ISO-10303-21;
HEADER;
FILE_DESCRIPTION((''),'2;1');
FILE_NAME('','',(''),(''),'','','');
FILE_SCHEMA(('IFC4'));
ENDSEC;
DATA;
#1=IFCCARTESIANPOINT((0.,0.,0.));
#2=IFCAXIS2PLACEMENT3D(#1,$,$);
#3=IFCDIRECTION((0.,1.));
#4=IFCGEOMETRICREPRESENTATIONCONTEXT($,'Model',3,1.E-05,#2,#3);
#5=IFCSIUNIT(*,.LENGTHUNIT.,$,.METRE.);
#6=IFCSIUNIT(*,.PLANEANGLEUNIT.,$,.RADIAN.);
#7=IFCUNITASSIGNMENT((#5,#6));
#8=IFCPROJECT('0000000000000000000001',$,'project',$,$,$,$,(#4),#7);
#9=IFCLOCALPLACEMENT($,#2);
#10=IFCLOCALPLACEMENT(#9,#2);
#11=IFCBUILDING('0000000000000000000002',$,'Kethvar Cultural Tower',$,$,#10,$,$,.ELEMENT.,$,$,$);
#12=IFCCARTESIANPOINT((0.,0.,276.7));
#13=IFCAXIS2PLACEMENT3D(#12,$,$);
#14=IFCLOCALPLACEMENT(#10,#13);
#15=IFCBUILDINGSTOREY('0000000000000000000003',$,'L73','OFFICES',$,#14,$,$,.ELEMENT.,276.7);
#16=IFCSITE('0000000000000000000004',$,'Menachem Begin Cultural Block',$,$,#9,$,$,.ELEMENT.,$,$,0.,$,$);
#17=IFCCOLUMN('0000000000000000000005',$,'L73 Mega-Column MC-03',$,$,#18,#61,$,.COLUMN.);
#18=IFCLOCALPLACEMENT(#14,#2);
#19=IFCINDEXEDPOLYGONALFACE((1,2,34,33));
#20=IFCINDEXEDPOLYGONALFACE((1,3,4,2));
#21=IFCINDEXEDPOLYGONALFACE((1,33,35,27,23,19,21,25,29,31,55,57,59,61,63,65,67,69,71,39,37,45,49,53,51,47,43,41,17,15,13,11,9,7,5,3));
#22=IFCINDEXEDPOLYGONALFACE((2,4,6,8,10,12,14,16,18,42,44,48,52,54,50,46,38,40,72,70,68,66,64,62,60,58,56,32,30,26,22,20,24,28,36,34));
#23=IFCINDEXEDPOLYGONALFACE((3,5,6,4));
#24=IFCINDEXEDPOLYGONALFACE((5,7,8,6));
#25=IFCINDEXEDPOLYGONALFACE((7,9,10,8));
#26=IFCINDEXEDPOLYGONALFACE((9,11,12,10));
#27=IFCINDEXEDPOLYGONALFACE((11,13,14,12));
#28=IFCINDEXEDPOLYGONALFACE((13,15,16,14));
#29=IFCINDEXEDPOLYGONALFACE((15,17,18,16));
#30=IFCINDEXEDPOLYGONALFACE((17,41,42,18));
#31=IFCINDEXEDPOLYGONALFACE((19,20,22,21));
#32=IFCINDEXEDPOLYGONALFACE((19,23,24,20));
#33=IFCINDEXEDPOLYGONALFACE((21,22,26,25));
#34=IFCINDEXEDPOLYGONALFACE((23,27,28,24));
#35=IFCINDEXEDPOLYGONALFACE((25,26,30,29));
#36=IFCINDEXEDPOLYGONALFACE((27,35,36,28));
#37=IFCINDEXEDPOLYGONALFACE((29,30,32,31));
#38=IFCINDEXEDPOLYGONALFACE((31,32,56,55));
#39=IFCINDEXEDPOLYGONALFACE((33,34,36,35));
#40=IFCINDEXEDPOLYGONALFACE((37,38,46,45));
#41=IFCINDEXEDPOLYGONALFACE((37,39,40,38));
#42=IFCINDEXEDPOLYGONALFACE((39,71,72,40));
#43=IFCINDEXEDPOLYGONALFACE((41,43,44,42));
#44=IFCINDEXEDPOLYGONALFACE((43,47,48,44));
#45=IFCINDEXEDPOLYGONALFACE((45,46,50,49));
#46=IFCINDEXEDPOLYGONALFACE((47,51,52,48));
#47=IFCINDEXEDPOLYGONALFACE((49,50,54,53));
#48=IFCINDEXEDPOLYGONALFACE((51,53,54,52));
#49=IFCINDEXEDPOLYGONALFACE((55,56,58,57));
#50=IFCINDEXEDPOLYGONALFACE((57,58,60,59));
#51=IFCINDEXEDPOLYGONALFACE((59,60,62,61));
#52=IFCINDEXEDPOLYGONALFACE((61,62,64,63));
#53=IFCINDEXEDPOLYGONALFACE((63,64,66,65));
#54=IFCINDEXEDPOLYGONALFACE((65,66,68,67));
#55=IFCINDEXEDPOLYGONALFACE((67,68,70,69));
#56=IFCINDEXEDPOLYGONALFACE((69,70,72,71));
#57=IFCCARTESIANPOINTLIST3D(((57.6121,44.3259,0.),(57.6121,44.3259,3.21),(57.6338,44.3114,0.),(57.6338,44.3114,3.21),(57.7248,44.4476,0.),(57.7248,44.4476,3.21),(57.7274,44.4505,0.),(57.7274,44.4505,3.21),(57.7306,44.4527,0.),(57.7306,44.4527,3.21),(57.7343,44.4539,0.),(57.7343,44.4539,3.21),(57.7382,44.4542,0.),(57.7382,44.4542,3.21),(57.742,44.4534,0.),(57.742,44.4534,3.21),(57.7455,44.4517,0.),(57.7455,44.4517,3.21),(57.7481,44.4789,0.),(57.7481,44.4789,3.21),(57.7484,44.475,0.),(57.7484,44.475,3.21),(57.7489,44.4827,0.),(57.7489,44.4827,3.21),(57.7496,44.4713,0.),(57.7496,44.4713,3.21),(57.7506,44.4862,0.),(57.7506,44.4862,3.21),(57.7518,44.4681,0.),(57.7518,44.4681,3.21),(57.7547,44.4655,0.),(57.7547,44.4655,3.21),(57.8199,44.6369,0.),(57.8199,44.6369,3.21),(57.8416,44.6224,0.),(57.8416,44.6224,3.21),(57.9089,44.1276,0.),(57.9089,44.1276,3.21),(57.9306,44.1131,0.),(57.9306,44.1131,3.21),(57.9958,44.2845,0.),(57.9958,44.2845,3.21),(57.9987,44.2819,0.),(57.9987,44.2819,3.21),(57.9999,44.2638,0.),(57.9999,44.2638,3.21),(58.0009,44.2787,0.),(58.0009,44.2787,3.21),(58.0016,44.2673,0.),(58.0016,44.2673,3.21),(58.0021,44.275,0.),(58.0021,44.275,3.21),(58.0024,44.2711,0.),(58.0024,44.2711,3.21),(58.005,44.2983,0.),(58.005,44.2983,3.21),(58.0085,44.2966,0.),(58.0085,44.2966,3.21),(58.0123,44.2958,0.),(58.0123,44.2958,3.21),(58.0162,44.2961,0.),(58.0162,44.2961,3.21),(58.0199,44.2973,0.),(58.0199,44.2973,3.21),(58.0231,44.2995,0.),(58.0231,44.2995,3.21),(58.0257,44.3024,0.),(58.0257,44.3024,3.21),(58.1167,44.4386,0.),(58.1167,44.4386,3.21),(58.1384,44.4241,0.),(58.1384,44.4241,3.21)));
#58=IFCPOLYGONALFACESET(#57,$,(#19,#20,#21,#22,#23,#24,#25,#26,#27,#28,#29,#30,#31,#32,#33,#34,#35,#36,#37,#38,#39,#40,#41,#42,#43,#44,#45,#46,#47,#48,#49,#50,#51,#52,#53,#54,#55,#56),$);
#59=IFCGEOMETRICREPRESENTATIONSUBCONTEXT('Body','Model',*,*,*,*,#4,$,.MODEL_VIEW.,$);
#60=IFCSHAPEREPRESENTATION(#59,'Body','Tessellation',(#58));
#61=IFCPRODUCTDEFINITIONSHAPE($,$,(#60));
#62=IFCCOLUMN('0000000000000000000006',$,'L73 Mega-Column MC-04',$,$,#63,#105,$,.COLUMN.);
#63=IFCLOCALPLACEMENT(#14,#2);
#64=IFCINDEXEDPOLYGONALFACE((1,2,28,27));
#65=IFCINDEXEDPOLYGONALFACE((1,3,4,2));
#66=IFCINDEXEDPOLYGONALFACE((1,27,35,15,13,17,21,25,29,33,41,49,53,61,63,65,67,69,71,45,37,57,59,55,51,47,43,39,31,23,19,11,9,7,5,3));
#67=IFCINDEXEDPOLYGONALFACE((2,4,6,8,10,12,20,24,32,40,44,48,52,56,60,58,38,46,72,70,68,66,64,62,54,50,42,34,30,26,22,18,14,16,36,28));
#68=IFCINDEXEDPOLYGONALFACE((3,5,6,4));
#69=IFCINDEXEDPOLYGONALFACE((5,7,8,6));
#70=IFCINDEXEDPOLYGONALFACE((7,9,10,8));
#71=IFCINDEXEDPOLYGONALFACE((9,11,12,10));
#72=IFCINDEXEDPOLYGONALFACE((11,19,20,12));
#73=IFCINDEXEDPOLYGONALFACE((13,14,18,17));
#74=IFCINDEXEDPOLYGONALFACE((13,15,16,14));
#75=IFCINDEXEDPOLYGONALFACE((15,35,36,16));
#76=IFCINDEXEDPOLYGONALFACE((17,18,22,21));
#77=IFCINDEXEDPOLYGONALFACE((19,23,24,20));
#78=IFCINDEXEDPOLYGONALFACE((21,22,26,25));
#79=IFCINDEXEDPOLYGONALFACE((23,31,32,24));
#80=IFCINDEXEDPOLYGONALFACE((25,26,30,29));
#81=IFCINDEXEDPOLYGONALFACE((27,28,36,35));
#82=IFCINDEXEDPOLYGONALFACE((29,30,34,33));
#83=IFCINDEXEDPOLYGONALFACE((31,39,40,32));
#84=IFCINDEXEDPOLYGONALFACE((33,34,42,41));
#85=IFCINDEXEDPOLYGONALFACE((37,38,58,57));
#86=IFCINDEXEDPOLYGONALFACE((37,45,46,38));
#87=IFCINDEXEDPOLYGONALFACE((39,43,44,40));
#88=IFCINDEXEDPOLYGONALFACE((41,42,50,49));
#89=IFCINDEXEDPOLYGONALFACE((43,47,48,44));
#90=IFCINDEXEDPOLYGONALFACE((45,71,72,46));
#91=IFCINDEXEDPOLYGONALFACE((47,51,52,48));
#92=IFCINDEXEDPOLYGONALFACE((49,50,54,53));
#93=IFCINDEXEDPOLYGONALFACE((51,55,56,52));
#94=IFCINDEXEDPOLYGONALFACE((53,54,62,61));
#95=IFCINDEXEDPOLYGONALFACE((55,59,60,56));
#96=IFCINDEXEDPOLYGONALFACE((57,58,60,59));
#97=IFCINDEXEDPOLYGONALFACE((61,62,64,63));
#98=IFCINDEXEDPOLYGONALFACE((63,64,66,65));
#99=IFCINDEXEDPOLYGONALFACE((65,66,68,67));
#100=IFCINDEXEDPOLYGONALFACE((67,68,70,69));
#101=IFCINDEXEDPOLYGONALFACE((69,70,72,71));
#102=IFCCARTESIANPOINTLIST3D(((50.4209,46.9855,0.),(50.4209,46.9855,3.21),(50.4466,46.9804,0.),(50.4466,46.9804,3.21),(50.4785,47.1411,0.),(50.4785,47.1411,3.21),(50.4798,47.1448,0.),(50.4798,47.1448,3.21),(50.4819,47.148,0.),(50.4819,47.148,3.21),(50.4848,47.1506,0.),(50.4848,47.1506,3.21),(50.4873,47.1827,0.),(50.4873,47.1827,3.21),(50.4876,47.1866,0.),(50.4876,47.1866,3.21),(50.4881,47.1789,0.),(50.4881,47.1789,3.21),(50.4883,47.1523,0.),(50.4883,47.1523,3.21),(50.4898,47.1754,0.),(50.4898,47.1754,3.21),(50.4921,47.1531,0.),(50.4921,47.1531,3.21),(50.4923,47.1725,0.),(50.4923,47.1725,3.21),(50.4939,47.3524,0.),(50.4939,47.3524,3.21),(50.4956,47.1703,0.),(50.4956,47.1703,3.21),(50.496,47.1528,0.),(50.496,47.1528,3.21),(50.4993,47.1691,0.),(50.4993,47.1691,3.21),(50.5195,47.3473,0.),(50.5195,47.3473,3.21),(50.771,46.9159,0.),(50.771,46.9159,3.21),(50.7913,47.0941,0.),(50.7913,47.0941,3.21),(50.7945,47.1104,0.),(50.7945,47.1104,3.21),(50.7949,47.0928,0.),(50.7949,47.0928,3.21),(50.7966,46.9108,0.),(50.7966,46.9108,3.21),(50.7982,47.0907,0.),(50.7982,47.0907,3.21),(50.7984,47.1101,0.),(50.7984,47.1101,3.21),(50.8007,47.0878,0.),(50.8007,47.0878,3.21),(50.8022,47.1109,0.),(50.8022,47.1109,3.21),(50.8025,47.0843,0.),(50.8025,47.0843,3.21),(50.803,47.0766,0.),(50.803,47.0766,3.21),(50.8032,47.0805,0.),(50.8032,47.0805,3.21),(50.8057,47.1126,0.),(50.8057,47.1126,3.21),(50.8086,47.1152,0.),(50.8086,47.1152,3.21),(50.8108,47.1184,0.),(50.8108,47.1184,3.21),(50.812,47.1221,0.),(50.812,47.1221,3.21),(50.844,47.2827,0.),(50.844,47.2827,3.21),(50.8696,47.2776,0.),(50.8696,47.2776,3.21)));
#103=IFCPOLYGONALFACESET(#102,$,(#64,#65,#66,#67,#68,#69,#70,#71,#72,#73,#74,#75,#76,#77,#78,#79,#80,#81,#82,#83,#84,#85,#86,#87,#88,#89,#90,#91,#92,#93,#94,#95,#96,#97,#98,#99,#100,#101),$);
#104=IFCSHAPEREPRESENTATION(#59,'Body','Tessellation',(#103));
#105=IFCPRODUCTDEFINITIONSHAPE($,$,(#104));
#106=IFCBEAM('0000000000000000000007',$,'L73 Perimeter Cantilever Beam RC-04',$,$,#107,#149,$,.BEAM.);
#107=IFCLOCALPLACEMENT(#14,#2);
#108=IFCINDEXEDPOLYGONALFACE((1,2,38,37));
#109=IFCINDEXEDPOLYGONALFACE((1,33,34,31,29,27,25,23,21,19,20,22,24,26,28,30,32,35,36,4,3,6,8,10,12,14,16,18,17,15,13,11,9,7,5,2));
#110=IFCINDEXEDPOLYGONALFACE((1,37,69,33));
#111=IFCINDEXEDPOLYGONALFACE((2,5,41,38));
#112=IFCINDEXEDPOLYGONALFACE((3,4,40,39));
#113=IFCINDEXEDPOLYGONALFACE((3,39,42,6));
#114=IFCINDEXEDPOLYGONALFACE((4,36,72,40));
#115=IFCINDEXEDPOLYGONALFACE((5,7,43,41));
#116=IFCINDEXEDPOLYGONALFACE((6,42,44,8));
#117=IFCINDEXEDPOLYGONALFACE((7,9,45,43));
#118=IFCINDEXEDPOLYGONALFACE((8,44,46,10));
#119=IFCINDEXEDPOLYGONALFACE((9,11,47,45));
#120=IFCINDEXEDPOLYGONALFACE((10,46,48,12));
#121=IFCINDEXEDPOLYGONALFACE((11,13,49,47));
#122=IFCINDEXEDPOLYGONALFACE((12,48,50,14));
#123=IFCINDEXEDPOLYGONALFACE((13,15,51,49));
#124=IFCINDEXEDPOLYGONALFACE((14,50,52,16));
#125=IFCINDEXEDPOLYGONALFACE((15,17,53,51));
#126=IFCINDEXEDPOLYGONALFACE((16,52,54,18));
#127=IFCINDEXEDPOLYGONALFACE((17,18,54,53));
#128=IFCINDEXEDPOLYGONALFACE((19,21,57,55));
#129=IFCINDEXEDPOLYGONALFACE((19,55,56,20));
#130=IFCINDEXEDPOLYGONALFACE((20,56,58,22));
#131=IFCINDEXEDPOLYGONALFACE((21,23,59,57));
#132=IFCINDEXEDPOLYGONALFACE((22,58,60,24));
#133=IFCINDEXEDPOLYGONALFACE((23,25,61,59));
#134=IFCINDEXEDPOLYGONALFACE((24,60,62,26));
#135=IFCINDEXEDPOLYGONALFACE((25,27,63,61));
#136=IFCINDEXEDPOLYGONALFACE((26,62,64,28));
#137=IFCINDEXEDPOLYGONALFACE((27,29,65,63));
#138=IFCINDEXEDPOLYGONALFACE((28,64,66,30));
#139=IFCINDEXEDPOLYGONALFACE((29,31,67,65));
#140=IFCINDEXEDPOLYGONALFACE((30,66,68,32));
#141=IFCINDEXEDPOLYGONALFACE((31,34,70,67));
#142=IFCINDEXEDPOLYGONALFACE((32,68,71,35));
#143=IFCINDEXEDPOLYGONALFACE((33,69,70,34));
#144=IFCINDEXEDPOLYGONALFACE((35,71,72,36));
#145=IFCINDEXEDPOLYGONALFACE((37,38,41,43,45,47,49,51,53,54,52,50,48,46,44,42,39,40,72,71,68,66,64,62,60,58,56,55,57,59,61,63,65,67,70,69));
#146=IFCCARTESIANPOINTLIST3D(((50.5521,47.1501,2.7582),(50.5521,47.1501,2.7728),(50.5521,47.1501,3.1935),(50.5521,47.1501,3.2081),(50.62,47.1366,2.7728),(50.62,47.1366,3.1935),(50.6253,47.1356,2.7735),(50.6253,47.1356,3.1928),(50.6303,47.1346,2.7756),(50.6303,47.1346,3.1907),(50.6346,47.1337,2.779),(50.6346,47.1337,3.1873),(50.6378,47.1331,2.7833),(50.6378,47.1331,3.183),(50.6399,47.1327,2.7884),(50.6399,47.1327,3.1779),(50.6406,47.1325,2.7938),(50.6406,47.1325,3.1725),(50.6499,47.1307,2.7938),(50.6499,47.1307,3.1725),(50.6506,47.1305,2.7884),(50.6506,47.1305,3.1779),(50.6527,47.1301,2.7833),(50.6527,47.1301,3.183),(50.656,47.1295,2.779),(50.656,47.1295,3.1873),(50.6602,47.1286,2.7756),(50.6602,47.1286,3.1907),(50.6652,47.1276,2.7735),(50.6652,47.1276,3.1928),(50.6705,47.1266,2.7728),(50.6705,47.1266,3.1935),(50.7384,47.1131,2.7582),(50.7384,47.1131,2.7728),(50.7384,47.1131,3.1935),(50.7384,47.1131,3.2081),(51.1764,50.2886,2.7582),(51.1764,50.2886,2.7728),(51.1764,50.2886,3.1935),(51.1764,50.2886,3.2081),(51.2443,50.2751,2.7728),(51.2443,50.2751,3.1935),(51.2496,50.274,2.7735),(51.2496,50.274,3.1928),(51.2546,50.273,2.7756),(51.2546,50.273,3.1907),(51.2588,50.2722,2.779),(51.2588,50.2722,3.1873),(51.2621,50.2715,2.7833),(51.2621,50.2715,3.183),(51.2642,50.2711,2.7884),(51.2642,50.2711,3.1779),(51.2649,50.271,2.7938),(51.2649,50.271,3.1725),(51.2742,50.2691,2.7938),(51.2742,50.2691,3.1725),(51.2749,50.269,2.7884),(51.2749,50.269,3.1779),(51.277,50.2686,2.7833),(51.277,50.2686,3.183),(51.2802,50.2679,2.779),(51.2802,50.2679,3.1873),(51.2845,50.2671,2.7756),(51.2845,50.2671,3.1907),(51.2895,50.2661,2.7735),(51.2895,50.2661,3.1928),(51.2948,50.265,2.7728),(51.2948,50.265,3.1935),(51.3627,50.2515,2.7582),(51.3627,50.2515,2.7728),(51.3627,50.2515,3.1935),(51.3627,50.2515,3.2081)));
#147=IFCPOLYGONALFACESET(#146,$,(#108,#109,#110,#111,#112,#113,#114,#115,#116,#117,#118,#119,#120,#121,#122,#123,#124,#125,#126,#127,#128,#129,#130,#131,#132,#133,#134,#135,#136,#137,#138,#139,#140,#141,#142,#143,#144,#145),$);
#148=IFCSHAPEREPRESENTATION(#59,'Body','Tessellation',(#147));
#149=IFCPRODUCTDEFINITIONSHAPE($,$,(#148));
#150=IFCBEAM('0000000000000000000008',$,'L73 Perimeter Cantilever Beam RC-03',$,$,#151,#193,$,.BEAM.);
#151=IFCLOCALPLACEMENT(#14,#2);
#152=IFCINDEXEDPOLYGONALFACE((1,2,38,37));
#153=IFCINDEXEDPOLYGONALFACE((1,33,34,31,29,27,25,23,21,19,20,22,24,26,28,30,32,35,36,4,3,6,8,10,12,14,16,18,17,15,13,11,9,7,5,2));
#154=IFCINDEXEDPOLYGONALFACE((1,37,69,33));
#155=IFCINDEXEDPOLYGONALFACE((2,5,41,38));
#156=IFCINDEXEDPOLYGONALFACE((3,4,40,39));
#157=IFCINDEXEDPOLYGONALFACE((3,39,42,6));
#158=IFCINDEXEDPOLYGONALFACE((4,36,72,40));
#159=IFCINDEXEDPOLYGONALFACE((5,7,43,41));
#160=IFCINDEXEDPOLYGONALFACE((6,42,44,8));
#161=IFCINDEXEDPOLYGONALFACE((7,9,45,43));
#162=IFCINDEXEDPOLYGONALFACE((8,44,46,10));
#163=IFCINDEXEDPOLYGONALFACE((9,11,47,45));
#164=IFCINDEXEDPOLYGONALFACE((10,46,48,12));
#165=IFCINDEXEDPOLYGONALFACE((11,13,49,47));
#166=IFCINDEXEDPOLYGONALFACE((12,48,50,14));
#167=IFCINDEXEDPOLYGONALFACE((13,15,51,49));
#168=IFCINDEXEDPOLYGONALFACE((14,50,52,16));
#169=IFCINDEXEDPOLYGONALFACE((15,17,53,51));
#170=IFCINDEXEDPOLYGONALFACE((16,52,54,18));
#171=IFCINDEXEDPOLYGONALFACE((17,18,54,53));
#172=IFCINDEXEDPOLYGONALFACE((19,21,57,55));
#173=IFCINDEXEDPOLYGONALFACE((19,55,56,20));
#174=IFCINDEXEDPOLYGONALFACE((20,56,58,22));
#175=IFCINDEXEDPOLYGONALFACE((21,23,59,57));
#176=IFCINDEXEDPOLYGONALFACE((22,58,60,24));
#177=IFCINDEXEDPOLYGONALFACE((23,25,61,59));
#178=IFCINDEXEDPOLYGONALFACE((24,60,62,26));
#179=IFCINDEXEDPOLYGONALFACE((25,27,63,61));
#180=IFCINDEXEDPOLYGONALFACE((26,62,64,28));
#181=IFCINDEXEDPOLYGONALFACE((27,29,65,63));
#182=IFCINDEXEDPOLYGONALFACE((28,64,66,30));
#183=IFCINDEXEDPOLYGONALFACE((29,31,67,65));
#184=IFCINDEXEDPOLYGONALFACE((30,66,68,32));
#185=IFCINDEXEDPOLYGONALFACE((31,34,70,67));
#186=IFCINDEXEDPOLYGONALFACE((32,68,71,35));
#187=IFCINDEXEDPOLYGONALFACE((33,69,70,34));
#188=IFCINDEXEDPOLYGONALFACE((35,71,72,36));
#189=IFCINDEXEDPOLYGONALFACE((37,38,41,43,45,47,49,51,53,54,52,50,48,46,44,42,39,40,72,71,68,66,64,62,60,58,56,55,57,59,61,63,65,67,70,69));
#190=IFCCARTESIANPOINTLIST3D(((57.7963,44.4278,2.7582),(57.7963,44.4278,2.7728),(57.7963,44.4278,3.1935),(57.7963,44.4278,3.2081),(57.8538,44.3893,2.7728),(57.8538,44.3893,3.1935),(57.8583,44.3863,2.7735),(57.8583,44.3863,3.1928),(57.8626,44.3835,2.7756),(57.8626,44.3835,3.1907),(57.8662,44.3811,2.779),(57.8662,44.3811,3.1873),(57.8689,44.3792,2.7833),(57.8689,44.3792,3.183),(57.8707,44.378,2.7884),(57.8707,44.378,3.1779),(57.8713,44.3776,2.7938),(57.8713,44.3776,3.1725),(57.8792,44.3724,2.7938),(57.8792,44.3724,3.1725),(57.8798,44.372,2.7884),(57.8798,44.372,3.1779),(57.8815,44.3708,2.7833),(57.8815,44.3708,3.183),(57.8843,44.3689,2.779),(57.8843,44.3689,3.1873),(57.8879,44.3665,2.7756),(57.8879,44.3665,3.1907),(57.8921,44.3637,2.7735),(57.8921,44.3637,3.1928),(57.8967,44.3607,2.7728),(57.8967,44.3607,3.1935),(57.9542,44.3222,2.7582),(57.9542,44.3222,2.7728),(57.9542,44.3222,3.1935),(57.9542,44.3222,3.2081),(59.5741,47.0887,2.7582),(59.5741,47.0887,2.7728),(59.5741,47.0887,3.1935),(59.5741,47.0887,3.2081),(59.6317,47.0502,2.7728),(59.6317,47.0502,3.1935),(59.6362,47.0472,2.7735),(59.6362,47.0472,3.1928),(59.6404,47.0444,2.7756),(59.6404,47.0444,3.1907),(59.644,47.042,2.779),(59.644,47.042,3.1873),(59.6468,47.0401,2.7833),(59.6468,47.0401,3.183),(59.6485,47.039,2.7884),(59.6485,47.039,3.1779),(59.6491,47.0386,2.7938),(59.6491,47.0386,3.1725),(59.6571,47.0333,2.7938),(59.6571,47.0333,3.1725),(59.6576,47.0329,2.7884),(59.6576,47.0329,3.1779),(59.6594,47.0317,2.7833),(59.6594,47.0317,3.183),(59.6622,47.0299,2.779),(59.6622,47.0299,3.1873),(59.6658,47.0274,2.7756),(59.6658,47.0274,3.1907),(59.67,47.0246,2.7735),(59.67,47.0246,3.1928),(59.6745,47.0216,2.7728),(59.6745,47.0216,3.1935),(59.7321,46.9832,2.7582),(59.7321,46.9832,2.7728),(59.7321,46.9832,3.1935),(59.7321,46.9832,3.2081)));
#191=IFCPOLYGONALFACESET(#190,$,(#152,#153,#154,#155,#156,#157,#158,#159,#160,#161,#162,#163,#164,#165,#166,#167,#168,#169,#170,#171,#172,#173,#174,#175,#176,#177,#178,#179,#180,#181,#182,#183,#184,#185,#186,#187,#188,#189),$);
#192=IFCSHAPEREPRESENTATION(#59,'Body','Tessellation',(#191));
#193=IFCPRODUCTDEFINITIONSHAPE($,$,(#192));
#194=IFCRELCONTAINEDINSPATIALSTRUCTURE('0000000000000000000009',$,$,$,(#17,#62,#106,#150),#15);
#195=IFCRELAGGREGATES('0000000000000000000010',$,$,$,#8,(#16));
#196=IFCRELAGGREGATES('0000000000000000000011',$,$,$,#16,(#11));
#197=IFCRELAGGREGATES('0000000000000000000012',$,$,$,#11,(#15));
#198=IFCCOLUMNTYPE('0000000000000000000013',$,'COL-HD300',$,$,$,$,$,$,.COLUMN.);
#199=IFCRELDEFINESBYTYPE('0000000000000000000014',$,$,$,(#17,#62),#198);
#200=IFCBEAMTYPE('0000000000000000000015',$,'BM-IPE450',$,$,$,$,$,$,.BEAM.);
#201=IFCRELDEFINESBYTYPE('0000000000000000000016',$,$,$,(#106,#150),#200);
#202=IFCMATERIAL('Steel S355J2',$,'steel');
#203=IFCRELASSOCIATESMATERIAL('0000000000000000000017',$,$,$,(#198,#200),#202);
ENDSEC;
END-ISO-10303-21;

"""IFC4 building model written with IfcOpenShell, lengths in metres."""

from ifc_helpers import new_model, si_unit, direction, frame, origin, origin_2d, place, context, subcontext, project, spatial, i_section, extrude, source, transform, mapped, material, material_profile, profile_set, type_object, element, save


model = new_model("IFC4")

# Units and contexts
model_context = context("Model", 3, precision=1e-05, world=origin(), true_north=direction((0.0, 1.0)))
body_context = subcontext(model_context, "Body", "Model", "MODEL_VIEW")
ifc_project = project(units=[si_unit("LENGTHUNIT", "METRE"), si_unit("PLANEANGLEUNIT", "RADIAN")], contexts=[model_context])

# Site, building, storey
site_placement = place(None, origin())
site = spatial("IfcSite", under=ifc_project, at=site_placement, Name="Menachem Begin Cultural Block", CompositionType="ELEMENT", RefElevation=0.0)
building_placement = place(site_placement, origin())
building = spatial("IfcBuilding", under=site, at=building_placement, Name="Kethvar Cultural Tower", CompositionType="ELEMENT")
storey_placement = place(building_placement, frame((0.0, 0.0, 276.7)))
storey = spatial("IfcBuildingStorey", under=building, at=storey_placement, Name="L73", Description="OFFICES", CompositionType="ELEMENT", Elevation=276.7)

# Columns
ifc_material_1 = material(Name="Steel S355J2", Category="steel")
ifc_material_profile_1 = material_profile(ifc_material_1, i_section(OverallWidth=0.374, OverallDepth=0.3831, WebThickness=0.0166, FlangeThickness=0.0261, FilletRadius=0.0149, at=origin_2d()), Name="Steel S355J2 — HD360x300")
ifc_profile_set_1 = profile_set([ifc_material_profile_1], Name="Steel S355J2 — HD360x300")
column_type = type_object("IfcColumnType", Name="COL-HD300", PredefinedType="COLUMN", material=ifc_profile_set_1)
shared_shape_1 = source(origin(), body_context, "Body", "SweptSolid", [
    extrude(i_section(OverallWidth=0.374, OverallDepth=0.3831, WebThickness=0.0166, FlangeThickness=0.0261, FilletRadius=0.0149, at=origin_2d()), origin(), (0.0, 0.0, 1.0), 3.21),
])
for number, where, z_axis, x_axis, name in (
    (1, (57.8752, 44.375, 0.0), (0.0, 0.0, 1.0), (0.55557, 0.83147, 0.0), "L73 Mega-Column MC-03"),
    (2, (50.6453, 47.1316, 0.0), (0.0, 0.0, 1.0), (0.19509, 0.980785, 0.0), "L73 Mega-Column MC-04"),
):
    element("IfcColumn", number, at=place(storey_placement, frame(where, z_axis=z_axis, x_axis=x_axis)), inside=storey, type_object=column_type, Name=name, PredefinedType="COLUMN", context=body_context, shape_type="MappedRepresentation", body=[
        mapped(shared_shape_1, transform((0.0, 0.0, 0.0), scale=1.0)),
    ])

# Beams
ifc_material_profile_2 = material_profile(ifc_material_1, i_section(OverallWidth=0.1899, OverallDepth=0.45, WebThickness=0.0095, FlangeThickness=0.0146, FilletRadius=0.021, at=origin_2d()), Name="Steel S355J2 — IPE450")
ifc_profile_set_2 = profile_set([ifc_material_profile_2], Name="Steel S355J2 — IPE450")
beam_type_1 = type_object("IfcBeamType", Name="BM-IPE450", PredefinedType="BEAM", material=ifc_profile_set_2)
shared_shape_2 = source(origin(), body_context, "Body", "SweptSolid", [
    extrude(i_section(OverallWidth=0.1899, OverallDepth=0.45, WebThickness=0.0095, FlangeThickness=0.0146, FilletRadius=0.021, at=origin_2d()), origin(), (0.0, 0.0, 1.0), 3.2),
])
beam_1_placement = place(storey_placement, frame((50.6453, 47.1316, 2.9832), z_axis=(0.195089, 0.980786, 0.0), x_axis=(-0.980786, 0.195089, 0.0)))
element("IfcBeam", 3, at=beam_1_placement, inside=storey, type_object=beam_type_1, Name="L73 Perimeter Cantilever Beam RC-04", PredefinedType="BEAM", context=body_context, shape_type="MappedRepresentation", body=[
    mapped(shared_shape_2, transform((0.0, 0.0, 0.0), scale=1.0)),
])
shared_shape_3 = source(origin(), body_context, "Body", "SweptSolid", [
    extrude(i_section(OverallWidth=0.1899, OverallDepth=0.45, WebThickness=0.0095, FlangeThickness=0.0146, FilletRadius=0.021, at=origin_2d()), origin(), (0.0, 0.0, 1.0), 3.2002),
])
beam_2_placement = place(storey_placement, frame((57.8752, 44.375, 2.9832), z_axis=(0.555545, 0.831486, 0.0), x_axis=(-0.831486, 0.555545, 0.0)))
element("IfcBeam", 4, at=beam_2_placement, inside=storey, type_object=beam_type_1, Name="L73 Perimeter Cantilever Beam RC-03", PredefinedType="BEAM", context=body_context, shape_type="MappedRepresentation", body=[
    mapped(shared_shape_3, transform((0.0, 0.0, 0.0), scale=1.0)),
])

save(model, "model.ifc")
